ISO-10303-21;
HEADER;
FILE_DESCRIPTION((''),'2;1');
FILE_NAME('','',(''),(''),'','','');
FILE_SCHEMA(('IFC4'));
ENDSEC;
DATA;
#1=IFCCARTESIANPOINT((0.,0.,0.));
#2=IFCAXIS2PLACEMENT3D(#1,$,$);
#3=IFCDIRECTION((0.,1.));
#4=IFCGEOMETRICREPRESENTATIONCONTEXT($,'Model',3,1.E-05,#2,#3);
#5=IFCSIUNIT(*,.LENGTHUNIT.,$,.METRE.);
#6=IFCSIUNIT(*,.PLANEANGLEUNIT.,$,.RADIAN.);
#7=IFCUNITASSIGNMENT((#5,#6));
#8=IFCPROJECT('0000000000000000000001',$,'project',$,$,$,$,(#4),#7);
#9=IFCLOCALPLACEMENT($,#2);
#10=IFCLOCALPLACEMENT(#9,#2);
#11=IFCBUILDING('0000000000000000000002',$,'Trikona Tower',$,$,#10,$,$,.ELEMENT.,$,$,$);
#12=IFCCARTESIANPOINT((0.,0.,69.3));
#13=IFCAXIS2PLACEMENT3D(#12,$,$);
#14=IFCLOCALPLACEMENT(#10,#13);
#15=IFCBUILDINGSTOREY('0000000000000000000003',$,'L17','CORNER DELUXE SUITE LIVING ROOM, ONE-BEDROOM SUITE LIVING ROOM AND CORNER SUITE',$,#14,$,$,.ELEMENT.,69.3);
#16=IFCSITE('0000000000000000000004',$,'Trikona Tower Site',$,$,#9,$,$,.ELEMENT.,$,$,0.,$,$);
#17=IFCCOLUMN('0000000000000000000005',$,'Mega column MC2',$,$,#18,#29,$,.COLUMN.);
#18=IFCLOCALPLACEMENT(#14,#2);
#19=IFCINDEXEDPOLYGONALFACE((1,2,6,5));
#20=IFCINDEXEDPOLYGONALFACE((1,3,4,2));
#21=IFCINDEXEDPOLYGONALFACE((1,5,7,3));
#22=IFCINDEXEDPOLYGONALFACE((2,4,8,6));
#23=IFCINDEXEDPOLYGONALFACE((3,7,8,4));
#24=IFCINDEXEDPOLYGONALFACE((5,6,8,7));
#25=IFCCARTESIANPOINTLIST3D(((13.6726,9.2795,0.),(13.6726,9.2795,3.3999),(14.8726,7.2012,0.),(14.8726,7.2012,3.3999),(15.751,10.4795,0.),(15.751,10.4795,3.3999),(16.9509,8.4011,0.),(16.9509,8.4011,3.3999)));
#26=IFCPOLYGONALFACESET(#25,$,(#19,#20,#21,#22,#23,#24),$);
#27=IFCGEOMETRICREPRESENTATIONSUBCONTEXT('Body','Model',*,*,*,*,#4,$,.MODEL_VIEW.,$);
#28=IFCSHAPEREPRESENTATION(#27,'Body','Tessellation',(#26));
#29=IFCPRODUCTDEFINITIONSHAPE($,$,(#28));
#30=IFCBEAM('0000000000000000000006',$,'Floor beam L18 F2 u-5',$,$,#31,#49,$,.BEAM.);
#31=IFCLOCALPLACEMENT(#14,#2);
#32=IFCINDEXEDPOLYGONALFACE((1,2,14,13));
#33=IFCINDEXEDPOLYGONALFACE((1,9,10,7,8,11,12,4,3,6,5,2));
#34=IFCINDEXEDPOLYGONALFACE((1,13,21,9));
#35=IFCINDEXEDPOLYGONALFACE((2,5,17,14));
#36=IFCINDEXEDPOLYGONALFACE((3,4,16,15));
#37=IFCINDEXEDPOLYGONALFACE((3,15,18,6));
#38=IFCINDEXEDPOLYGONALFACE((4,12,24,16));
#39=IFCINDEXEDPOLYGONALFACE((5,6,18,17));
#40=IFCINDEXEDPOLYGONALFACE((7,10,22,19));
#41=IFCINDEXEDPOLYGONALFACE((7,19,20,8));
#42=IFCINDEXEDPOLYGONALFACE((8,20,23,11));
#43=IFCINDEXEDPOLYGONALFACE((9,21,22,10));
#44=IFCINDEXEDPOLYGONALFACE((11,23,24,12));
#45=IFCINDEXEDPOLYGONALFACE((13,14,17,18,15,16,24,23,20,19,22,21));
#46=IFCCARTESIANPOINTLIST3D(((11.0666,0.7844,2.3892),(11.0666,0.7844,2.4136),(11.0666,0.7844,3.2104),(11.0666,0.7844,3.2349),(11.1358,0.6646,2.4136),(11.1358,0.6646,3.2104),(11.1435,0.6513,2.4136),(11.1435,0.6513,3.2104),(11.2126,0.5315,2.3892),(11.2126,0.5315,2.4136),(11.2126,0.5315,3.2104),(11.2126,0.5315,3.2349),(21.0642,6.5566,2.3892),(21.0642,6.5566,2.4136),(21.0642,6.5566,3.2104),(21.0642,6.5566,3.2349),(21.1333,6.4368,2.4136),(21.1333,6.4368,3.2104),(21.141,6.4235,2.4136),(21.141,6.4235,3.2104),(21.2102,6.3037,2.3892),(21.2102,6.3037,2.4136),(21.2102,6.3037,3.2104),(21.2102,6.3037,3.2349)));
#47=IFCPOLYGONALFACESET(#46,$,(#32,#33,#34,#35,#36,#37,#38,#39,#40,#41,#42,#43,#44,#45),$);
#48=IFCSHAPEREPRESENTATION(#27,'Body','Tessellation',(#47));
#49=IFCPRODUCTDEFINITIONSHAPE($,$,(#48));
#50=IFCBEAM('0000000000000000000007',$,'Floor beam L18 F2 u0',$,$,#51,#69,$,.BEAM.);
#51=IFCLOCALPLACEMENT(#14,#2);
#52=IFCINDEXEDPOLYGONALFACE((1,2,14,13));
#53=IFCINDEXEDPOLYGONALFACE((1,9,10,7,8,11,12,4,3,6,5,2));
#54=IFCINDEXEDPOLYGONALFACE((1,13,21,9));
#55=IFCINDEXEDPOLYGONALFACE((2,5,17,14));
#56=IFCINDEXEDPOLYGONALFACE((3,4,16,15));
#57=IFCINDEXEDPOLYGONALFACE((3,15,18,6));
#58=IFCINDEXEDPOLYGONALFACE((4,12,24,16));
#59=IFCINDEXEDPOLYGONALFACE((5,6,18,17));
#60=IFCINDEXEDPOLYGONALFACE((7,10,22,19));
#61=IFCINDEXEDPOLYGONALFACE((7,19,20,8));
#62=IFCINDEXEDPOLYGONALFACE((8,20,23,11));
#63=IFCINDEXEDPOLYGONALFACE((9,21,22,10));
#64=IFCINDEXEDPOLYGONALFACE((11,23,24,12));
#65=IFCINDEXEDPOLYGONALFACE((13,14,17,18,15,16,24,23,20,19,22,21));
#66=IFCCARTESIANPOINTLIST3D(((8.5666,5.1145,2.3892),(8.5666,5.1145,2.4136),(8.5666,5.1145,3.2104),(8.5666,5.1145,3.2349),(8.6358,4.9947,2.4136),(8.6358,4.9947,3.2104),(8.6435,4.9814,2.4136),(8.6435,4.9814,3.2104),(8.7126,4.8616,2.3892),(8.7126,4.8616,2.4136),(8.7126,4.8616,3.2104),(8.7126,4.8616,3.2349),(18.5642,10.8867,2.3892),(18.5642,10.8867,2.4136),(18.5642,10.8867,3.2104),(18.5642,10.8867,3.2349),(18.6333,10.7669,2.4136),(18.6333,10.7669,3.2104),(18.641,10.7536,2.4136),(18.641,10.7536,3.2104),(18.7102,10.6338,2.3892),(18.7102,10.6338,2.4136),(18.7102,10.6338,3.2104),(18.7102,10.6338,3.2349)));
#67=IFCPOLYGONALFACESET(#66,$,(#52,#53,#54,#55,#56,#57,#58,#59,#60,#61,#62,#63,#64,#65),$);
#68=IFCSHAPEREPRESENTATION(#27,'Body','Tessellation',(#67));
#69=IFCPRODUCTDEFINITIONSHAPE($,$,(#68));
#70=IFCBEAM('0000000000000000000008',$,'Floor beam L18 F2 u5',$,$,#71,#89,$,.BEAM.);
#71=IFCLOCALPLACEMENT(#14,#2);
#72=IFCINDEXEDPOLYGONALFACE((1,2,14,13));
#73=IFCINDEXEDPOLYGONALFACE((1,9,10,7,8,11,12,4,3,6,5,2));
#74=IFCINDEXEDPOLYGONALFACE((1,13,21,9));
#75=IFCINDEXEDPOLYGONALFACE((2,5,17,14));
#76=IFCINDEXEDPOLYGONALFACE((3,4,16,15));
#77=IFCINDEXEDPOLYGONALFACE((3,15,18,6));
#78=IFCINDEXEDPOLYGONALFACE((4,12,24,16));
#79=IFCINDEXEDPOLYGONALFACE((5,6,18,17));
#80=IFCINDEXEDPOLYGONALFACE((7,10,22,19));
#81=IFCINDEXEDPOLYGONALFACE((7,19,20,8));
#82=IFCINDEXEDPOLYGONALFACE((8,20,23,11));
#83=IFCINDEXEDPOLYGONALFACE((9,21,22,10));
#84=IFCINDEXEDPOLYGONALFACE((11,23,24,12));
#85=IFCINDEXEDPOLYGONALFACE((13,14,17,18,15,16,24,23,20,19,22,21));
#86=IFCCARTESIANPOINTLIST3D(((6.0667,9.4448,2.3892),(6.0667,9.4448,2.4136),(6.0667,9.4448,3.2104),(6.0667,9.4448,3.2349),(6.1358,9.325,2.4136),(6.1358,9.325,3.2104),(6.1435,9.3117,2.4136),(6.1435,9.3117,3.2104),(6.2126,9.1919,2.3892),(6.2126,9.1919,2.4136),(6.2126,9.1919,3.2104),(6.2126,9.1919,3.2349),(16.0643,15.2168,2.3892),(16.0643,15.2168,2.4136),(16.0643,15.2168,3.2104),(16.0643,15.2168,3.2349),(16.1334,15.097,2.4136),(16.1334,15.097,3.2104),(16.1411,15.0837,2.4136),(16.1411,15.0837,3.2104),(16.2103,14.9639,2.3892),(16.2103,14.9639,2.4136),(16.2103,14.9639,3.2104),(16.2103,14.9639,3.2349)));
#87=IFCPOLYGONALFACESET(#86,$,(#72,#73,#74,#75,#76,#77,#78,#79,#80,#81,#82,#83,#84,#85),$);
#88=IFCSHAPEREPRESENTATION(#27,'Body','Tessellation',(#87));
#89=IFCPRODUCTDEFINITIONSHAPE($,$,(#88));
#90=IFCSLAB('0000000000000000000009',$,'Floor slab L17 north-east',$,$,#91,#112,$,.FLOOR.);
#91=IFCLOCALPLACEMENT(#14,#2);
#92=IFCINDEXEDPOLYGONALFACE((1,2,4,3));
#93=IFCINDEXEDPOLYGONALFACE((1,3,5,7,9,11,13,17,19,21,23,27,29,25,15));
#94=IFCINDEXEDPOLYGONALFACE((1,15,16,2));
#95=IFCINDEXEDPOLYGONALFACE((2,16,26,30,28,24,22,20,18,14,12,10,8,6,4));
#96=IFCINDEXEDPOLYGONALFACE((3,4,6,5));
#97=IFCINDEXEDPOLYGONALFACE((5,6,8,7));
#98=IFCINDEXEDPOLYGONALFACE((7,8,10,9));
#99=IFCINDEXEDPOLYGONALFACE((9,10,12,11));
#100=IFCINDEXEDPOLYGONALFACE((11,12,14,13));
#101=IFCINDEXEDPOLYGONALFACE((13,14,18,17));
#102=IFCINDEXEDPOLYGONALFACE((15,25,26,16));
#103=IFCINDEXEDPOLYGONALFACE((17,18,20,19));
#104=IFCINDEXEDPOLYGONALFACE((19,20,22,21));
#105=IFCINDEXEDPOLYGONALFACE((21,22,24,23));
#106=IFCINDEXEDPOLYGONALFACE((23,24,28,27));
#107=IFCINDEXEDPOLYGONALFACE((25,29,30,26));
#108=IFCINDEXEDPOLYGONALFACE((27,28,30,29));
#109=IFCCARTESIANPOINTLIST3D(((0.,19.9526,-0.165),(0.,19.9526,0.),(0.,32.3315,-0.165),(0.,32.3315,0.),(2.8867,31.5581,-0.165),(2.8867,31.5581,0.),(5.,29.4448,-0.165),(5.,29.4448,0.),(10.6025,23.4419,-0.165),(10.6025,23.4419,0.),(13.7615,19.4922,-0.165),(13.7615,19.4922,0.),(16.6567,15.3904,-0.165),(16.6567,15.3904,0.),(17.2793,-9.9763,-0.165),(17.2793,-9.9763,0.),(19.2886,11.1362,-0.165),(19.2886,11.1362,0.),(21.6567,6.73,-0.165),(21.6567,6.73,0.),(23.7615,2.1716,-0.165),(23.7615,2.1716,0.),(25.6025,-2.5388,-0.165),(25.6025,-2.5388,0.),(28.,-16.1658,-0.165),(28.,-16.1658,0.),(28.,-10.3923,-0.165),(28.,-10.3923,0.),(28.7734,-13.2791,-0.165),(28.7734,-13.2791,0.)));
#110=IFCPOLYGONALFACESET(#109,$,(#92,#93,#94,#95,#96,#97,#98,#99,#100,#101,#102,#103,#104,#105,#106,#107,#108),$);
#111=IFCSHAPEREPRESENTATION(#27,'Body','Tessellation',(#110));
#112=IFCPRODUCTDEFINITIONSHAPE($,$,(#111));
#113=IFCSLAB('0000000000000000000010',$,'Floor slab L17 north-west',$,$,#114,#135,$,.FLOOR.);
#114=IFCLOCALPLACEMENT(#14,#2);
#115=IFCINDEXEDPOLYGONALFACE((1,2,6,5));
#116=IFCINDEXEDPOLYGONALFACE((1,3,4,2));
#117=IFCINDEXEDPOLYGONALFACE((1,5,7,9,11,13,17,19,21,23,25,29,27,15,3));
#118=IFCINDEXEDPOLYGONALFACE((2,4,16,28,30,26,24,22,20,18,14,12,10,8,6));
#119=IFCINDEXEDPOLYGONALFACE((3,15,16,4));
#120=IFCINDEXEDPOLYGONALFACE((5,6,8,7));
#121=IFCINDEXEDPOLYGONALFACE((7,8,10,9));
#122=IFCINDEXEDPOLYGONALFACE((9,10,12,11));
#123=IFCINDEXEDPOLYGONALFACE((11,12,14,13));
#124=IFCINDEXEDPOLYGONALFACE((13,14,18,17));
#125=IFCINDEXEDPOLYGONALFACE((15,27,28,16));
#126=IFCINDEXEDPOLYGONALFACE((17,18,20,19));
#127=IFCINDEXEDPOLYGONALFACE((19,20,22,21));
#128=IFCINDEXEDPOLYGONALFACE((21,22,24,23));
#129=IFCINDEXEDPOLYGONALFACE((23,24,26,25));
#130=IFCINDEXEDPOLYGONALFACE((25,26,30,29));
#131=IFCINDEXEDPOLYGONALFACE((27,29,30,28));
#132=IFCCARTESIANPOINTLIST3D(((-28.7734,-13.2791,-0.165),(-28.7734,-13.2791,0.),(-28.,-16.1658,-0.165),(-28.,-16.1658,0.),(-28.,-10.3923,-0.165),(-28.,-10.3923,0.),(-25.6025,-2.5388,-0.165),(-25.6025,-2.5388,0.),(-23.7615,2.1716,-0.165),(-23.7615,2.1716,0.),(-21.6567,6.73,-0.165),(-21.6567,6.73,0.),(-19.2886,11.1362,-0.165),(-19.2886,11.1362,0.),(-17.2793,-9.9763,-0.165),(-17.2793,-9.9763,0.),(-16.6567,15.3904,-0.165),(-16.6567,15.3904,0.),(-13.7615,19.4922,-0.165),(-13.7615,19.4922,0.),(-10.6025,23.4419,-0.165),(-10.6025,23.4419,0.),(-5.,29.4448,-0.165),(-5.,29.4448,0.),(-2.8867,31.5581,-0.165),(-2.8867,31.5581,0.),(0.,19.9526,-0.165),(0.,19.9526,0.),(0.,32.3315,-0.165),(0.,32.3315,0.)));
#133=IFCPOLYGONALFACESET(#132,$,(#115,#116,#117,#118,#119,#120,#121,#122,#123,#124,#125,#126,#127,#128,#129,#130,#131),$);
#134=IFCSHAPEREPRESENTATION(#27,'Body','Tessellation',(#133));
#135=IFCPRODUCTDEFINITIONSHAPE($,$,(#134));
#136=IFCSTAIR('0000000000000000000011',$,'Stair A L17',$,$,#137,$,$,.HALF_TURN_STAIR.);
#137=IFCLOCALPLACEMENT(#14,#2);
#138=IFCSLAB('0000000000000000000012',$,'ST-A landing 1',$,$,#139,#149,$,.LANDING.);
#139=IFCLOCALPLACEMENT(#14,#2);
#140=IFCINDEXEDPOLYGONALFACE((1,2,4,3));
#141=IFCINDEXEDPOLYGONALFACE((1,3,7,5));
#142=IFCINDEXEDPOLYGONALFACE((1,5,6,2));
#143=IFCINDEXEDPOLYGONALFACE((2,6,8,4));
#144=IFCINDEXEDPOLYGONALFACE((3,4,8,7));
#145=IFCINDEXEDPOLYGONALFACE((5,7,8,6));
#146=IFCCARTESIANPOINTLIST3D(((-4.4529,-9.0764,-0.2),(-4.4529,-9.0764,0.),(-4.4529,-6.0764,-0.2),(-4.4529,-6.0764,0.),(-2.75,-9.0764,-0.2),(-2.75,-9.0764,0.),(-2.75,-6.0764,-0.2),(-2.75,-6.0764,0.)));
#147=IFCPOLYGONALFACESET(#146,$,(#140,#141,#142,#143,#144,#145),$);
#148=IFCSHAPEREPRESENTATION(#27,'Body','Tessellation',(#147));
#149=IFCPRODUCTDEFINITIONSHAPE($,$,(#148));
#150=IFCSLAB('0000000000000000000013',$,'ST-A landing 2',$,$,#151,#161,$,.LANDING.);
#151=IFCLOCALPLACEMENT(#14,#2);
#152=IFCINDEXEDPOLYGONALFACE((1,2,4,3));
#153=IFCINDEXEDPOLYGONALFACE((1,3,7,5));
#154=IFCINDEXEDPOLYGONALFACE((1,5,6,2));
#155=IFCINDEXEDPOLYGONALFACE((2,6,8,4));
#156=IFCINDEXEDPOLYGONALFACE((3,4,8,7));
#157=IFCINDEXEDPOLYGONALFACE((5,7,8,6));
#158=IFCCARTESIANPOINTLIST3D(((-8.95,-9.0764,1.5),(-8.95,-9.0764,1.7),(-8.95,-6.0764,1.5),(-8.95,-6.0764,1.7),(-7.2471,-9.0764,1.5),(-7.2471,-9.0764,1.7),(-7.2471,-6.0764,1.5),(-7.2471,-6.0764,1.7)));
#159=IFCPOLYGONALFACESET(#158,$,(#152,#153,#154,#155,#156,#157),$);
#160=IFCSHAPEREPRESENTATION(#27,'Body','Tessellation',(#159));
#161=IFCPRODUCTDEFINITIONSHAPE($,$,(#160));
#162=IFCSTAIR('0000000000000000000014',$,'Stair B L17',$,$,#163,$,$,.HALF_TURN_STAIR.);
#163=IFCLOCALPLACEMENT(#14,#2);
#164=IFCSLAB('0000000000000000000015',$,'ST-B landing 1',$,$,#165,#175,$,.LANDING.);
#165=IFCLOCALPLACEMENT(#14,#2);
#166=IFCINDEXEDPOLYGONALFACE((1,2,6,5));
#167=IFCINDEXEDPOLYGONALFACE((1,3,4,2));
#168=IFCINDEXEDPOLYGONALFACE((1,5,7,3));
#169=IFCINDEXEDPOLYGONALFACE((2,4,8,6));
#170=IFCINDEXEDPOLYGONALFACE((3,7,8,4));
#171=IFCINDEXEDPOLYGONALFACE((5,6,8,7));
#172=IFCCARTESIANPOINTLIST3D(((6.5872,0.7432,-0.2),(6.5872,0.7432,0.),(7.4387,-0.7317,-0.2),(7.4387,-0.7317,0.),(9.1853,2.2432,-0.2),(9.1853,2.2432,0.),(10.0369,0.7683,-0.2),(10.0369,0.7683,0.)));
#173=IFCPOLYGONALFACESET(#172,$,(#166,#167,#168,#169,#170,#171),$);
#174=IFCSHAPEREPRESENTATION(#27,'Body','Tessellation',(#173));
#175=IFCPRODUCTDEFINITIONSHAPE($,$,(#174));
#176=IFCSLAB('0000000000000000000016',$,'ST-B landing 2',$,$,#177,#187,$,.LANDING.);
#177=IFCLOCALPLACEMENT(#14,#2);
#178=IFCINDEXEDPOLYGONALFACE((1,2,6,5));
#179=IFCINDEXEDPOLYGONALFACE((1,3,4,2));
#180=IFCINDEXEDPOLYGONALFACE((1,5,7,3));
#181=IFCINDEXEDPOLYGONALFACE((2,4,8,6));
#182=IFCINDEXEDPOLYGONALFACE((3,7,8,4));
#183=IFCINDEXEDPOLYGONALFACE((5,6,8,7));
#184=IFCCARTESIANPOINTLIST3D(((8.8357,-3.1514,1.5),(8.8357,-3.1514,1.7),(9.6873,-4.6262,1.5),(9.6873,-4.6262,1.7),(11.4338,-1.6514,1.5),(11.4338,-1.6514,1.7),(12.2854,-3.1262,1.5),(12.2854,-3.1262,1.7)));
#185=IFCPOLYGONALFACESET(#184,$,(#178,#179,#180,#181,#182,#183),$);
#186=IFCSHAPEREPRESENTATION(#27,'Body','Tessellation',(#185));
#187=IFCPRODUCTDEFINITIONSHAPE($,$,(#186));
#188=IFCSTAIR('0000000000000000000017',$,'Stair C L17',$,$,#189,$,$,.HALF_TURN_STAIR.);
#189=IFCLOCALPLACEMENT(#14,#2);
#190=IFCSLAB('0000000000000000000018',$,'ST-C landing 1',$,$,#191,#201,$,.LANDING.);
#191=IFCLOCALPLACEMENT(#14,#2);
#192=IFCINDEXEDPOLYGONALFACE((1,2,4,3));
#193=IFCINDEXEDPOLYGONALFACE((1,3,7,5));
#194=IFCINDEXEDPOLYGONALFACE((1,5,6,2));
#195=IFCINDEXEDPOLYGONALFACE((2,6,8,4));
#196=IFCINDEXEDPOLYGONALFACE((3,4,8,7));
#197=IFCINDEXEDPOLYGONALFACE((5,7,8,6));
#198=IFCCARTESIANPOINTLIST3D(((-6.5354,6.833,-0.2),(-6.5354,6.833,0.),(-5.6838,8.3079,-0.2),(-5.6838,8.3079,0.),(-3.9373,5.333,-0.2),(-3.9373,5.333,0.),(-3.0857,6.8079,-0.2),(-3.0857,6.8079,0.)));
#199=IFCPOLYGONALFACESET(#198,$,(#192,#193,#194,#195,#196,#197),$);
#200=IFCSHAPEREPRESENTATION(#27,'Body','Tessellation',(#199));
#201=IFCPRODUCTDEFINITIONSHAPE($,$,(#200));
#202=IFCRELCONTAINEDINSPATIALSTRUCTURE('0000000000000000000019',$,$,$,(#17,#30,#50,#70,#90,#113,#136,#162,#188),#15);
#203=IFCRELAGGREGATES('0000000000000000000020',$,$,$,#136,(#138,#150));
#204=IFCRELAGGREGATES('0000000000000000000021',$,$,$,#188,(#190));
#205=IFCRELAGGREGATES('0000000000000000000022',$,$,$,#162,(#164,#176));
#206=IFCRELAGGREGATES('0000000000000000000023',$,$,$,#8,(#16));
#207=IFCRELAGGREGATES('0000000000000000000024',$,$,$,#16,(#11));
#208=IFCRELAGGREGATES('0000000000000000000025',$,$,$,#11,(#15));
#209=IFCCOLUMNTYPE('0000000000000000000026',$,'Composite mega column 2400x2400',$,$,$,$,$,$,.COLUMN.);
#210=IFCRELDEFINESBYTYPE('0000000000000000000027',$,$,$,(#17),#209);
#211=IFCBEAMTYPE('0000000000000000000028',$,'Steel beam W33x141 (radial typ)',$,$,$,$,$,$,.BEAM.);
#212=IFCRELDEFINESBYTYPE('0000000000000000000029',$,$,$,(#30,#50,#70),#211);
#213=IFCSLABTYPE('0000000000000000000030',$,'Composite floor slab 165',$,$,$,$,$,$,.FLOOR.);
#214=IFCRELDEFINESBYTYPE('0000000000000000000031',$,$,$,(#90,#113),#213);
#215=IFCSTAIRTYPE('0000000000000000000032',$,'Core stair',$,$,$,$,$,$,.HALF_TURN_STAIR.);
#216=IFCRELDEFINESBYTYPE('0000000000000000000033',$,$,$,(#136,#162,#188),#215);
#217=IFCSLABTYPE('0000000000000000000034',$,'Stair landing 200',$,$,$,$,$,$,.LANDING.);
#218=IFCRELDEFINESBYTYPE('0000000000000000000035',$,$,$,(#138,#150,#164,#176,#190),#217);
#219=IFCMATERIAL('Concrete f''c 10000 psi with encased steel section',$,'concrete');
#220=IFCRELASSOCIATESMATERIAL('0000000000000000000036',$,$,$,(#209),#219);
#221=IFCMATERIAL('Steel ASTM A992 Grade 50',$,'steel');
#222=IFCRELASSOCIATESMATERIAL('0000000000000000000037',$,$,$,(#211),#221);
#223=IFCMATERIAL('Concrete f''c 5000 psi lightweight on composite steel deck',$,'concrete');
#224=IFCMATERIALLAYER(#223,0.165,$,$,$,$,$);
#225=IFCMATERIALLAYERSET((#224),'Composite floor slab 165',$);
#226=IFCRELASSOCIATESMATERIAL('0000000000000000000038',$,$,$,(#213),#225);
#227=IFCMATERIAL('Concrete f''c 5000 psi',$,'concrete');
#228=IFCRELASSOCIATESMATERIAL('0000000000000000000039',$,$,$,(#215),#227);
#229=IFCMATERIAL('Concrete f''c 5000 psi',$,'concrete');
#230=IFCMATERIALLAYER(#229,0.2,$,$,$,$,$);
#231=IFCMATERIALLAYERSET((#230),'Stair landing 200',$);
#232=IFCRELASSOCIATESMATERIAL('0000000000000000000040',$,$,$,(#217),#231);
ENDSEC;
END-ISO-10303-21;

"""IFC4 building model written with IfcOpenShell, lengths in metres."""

from ifc_helpers import new_model, si_unit, direction, frame, origin, origin_2d, place, context, subcontext, project, spatial, polyline, rectangle, i_section, outline, extrude, material, layer, layer_set, material_profile, profile_set, type_object, element, aggregate, save


model = new_model("IFC4")

# Units and contexts
model_context = context("Model", 3, precision=1e-05, world=origin(), true_north=direction((0.0, 1.0)))
body_context = subcontext(model_context, "Body", "Model", "MODEL_VIEW")
ifc_project = project(units=[si_unit("LENGTHUNIT", "METRE"), si_unit("PLANEANGLEUNIT", "RADIAN")], contexts=[model_context])

# Site, building, storey
site_placement = place(None, origin())
site = spatial("IfcSite", under=ifc_project, at=site_placement, Name="Trikona Tower Site", CompositionType="ELEMENT", RefElevation=0.0)
building_placement = place(site_placement, origin())
building = spatial("IfcBuilding", under=site, at=building_placement, Name="Trikona Tower", CompositionType="ELEMENT")
storey_placement = place(building_placement, frame((0.0, 0.0, 69.3)))
storey = spatial("IfcBuildingStorey", under=building, at=storey_placement, Name="L17", Description="CORNER DELUXE SUITE LIVING ROOM, ONE-BEDROOM SUITE LIVING ROOM AND CORNER SUITE", CompositionType="ELEMENT", Elevation=69.3)

# Column
ifc_material_1 = material(Name="Concrete f'c 10000 psi with encased steel section", Category="concrete")
ifc_material_profile_1 = material_profile(ifc_material_1, rectangle(XDim=2.3999, YDim=2.3999, at=origin_2d()), Name="MC2400")
ifc_profile_set_1 = profile_set([ifc_material_profile_1], Name="Concrete f'c 10000 psi with encased steel section")
column_type = type_object("IfcColumnType", Name="Composite mega column 2400x2400", PredefinedType="COLUMN", material=ifc_profile_set_1)
column_placement = place(storey_placement, frame((15.3118, 8.8403, 0.0), z_axis=(0.0, 0.0, 1.0), x_axis=(0.866025, 0.5, 0.0)))
element("IfcColumn", 1, at=column_placement, inside=storey, type_object=column_type, Name="Mega column MC2", PredefinedType="COLUMN", context=body_context, shape_type="SweptSolid", body=[
    extrude(rectangle(XDim=2.3999, YDim=2.3999, at=origin_2d()), origin(), (0.0, 0.0, 1.0), 3.3999),
])

# Beams
ifc_material_2 = material(Name="Steel ASTM A992 Grade 50", Category="steel")
ifc_material_profile_2 = material_profile(ifc_material_2, i_section(OverallWidth=0.292, OverallDepth=0.8457, WebThickness=0.0154, FlangeThickness=0.0244, at=origin_2d()), Name="W33X141")
ifc_profile_set_2 = profile_set([ifc_material_profile_2], Name="Steel ASTM A992 Grade 50")
beam_type = type_object("IfcBeamType", Name="Steel beam W33x141 (radial typ)", PredefinedType="BEAM", material=ifc_profile_set_2)
for number, where, z_axis, x_axis, name in (
    (2, (11.1396, 0.658, 2.812), (0.866021, 0.500008, 0.0), (-0.500008, 0.866021, 0.0), "Floor beam L18 F2 u-5"),
    (3, (8.6396, 4.988, 2.812), (0.866021, 0.500008, 0.0), (-0.500008, 0.866021, 0.0), "Floor beam L18 F2 u0"),
    (4, (6.1396, 9.3184, 2.812), (0.86603, 0.499992, 0.0), (-0.499992, 0.86603, 0.0), "Floor beam L18 F2 u5"),
):
    element("IfcBeam", number, at=place(storey_placement, frame(where, z_axis=z_axis, x_axis=x_axis)), inside=storey, type_object=beam_type, Name=name, PredefinedType="BEAM", context=body_context, shape_type="SweptSolid", body=[
        extrude(i_section(OverallWidth=0.292, OverallDepth=0.8457, WebThickness=0.0154, FlangeThickness=0.0244, at=origin_2d()), origin(), (0.0, 0.0, 1.0), 11.5442),
    ])

# Slabs
ifc_material_3 = material(Name="Concrete f'c 5000 psi lightweight on composite steel deck", Category="concrete")
ifc_layer_1 = layer(ifc_material_3, 0.165)
ifc_layer_set_1 = layer_set([ifc_layer_1], Name="Composite floor slab 165")
slab_type_1 = type_object("IfcSlabType", Name="Composite floor slab 165", PredefinedType="FLOOR", material=ifc_layer_set_1)
slab_1_placement = place(storey_placement, frame((0.0, 0.0, -0.165)))
element("IfcSlab", 5, at=slab_1_placement, inside=storey, type_object=slab_type_1, Name="Floor slab L17 north-east", PredefinedType="FLOOR", context=body_context, shape_type="SweptSolid", body=[
    extrude(outline(polyline([(2.8867, 31.5581), (0.0, 32.3315), (0.0, 19.9526), (17.2793, -9.9763), (28.0, -16.1658), (28.7734, -13.2791), (28.0, -10.3923), (25.6025, -2.5388), (23.7615, 2.1716), (21.6567, 6.73), (19.2886, 11.1362), (16.6567, 15.3904), (13.7615, 19.4922), (10.6025, 23.4419), (5.0, 29.4448), (2.8867, 31.5581)])), origin(), (0.0, 0.0, 1.0), 0.165),
])
slab_2_placement = place(storey_placement, frame((0.0, 0.0, -0.165)))
element("IfcSlab", 6, at=slab_2_placement, inside=storey, type_object=slab_type_1, Name="Floor slab L17 north-west", PredefinedType="FLOOR", context=body_context, shape_type="SweptSolid", body=[
    extrude(outline(polyline([(0.0, 19.9526), (0.0, 32.3315), (-2.8867, 31.5581), (-5.0, 29.4448), (-10.6025, 23.4419), (-13.7615, 19.4922), (-16.6567, 15.3904), (-19.2886, 11.1362), (-21.6567, 6.73), (-23.7615, 2.1716), (-25.6025, -2.5388), (-28.0, -10.3923), (-28.7734, -13.2791), (-28.0, -16.1658), (-17.2793, -9.9763), (0.0, 19.9526)])), origin(), (0.0, 0.0, 1.0), 0.165),
])

# Stairs, slabs
ifc_material_4 = material(Name="Concrete f'c 5000 psi", Category="concrete")
stair_type = type_object("IfcStairType", Name="Core stair", PredefinedType="HALF_TURN_STAIR", material=ifc_material_4)
stair_1_placement = place(storey_placement, origin())
stair_1 = element("IfcStair", 7, at=stair_1_placement, inside=storey, type_object=stair_type, Name="Stair A L17", PredefinedType="HALF_TURN_STAIR")
ifc_material_5 = material(Name="Concrete f'c 5000 psi", Category="concrete")
ifc_layer_2 = layer(ifc_material_5, 0.2)
ifc_layer_set_2 = layer_set([ifc_layer_2], Name="Stair landing 200")
slab_type_2 = type_object("IfcSlabType", Name="Stair landing 200", PredefinedType="LANDING", material=ifc_layer_set_2)
slab_3_placement = place(storey_placement, frame((0.0, 0.0, -0.2)))
slab_3 = element("IfcSlab", 8, at=slab_3_placement, type_object=slab_type_2, Name="ST-A landing 1", PredefinedType="LANDING", context=body_context, shape_type="SweptSolid", body=[
    extrude(outline(polyline([(-4.4529, -6.0764), (-2.75, -6.0764), (-2.75, -9.0764), (-4.4529, -9.0764), (-4.4529, -6.0764)])), origin(), (0.0, 0.0, 1.0), 0.2),
])
slab_4_placement = place(storey_placement, frame((0.0, 0.0, 1.5)))
slab_4 = element("IfcSlab", 9, at=slab_4_placement, type_object=slab_type_2, Name="ST-A landing 2", PredefinedType="LANDING", context=body_context, shape_type="SweptSolid", body=[
    extrude(outline(polyline([(-8.95, -6.0764), (-7.2471, -6.0764), (-7.2471, -9.0764), (-8.95, -9.0764), (-8.95, -6.0764)])), origin(), (0.0, 0.0, 1.0), 0.2),
])
aggregate(stair_1, [slab_3, slab_4])
stair_2_placement = place(storey_placement, origin())
stair_2 = element("IfcStair", 10, at=stair_2_placement, inside=storey, type_object=stair_type, Name="Stair B L17", PredefinedType="HALF_TURN_STAIR")
slab_5_placement = place(storey_placement, frame((0.0, 0.0, -0.2)))
slab_5 = element("IfcSlab", 11, at=slab_5_placement, type_object=slab_type_2, Name="ST-B landing 1", PredefinedType="LANDING", context=body_context, shape_type="SweptSolid", body=[
    extrude(outline(polyline([(7.4387, -0.7317), (6.5872, 0.7432), (9.1853, 2.2432), (10.0369, 0.7683), (7.4387, -0.7317)])), origin(), (0.0, 0.0, 1.0), 0.2),
])
slab_6_placement = place(storey_placement, frame((0.0, 0.0, 1.5)))
slab_6 = element("IfcSlab", 12, at=slab_6_placement, type_object=slab_type_2, Name="ST-B landing 2", PredefinedType="LANDING", context=body_context, shape_type="SweptSolid", body=[
    extrude(outline(polyline([(9.6873, -4.6262), (8.8357, -3.1514), (11.4338, -1.6514), (12.2854, -3.1262), (9.6873, -4.6262)])), origin(), (0.0, 0.0, 1.0), 0.2),
])
stair_3_placement = place(storey_placement, origin())
stair_3 = element("IfcStair", 13, at=stair_3_placement, inside=storey, type_object=stair_type, Name="Stair C L17", PredefinedType="HALF_TURN_STAIR")
slab_7_placement = place(storey_placement, frame((0.0, 0.0, -0.2)))
slab_7 = element("IfcSlab", 14, at=slab_7_placement, type_object=slab_type_2, Name="ST-C landing 1", PredefinedType="LANDING", context=body_context, shape_type="SweptSolid", body=[
    extrude(outline(polyline([(-3.0857, 6.8079), (-3.9373, 5.333), (-6.5354, 6.833), (-5.6838, 8.3079), (-3.0857, 6.8079)])), origin(), (0.0, 0.0, 1.0), 0.2),
])
aggregate(stair_3, [slab_7])

aggregate(stair_2, [slab_5, slab_6])

save(model, "model.ifc")
